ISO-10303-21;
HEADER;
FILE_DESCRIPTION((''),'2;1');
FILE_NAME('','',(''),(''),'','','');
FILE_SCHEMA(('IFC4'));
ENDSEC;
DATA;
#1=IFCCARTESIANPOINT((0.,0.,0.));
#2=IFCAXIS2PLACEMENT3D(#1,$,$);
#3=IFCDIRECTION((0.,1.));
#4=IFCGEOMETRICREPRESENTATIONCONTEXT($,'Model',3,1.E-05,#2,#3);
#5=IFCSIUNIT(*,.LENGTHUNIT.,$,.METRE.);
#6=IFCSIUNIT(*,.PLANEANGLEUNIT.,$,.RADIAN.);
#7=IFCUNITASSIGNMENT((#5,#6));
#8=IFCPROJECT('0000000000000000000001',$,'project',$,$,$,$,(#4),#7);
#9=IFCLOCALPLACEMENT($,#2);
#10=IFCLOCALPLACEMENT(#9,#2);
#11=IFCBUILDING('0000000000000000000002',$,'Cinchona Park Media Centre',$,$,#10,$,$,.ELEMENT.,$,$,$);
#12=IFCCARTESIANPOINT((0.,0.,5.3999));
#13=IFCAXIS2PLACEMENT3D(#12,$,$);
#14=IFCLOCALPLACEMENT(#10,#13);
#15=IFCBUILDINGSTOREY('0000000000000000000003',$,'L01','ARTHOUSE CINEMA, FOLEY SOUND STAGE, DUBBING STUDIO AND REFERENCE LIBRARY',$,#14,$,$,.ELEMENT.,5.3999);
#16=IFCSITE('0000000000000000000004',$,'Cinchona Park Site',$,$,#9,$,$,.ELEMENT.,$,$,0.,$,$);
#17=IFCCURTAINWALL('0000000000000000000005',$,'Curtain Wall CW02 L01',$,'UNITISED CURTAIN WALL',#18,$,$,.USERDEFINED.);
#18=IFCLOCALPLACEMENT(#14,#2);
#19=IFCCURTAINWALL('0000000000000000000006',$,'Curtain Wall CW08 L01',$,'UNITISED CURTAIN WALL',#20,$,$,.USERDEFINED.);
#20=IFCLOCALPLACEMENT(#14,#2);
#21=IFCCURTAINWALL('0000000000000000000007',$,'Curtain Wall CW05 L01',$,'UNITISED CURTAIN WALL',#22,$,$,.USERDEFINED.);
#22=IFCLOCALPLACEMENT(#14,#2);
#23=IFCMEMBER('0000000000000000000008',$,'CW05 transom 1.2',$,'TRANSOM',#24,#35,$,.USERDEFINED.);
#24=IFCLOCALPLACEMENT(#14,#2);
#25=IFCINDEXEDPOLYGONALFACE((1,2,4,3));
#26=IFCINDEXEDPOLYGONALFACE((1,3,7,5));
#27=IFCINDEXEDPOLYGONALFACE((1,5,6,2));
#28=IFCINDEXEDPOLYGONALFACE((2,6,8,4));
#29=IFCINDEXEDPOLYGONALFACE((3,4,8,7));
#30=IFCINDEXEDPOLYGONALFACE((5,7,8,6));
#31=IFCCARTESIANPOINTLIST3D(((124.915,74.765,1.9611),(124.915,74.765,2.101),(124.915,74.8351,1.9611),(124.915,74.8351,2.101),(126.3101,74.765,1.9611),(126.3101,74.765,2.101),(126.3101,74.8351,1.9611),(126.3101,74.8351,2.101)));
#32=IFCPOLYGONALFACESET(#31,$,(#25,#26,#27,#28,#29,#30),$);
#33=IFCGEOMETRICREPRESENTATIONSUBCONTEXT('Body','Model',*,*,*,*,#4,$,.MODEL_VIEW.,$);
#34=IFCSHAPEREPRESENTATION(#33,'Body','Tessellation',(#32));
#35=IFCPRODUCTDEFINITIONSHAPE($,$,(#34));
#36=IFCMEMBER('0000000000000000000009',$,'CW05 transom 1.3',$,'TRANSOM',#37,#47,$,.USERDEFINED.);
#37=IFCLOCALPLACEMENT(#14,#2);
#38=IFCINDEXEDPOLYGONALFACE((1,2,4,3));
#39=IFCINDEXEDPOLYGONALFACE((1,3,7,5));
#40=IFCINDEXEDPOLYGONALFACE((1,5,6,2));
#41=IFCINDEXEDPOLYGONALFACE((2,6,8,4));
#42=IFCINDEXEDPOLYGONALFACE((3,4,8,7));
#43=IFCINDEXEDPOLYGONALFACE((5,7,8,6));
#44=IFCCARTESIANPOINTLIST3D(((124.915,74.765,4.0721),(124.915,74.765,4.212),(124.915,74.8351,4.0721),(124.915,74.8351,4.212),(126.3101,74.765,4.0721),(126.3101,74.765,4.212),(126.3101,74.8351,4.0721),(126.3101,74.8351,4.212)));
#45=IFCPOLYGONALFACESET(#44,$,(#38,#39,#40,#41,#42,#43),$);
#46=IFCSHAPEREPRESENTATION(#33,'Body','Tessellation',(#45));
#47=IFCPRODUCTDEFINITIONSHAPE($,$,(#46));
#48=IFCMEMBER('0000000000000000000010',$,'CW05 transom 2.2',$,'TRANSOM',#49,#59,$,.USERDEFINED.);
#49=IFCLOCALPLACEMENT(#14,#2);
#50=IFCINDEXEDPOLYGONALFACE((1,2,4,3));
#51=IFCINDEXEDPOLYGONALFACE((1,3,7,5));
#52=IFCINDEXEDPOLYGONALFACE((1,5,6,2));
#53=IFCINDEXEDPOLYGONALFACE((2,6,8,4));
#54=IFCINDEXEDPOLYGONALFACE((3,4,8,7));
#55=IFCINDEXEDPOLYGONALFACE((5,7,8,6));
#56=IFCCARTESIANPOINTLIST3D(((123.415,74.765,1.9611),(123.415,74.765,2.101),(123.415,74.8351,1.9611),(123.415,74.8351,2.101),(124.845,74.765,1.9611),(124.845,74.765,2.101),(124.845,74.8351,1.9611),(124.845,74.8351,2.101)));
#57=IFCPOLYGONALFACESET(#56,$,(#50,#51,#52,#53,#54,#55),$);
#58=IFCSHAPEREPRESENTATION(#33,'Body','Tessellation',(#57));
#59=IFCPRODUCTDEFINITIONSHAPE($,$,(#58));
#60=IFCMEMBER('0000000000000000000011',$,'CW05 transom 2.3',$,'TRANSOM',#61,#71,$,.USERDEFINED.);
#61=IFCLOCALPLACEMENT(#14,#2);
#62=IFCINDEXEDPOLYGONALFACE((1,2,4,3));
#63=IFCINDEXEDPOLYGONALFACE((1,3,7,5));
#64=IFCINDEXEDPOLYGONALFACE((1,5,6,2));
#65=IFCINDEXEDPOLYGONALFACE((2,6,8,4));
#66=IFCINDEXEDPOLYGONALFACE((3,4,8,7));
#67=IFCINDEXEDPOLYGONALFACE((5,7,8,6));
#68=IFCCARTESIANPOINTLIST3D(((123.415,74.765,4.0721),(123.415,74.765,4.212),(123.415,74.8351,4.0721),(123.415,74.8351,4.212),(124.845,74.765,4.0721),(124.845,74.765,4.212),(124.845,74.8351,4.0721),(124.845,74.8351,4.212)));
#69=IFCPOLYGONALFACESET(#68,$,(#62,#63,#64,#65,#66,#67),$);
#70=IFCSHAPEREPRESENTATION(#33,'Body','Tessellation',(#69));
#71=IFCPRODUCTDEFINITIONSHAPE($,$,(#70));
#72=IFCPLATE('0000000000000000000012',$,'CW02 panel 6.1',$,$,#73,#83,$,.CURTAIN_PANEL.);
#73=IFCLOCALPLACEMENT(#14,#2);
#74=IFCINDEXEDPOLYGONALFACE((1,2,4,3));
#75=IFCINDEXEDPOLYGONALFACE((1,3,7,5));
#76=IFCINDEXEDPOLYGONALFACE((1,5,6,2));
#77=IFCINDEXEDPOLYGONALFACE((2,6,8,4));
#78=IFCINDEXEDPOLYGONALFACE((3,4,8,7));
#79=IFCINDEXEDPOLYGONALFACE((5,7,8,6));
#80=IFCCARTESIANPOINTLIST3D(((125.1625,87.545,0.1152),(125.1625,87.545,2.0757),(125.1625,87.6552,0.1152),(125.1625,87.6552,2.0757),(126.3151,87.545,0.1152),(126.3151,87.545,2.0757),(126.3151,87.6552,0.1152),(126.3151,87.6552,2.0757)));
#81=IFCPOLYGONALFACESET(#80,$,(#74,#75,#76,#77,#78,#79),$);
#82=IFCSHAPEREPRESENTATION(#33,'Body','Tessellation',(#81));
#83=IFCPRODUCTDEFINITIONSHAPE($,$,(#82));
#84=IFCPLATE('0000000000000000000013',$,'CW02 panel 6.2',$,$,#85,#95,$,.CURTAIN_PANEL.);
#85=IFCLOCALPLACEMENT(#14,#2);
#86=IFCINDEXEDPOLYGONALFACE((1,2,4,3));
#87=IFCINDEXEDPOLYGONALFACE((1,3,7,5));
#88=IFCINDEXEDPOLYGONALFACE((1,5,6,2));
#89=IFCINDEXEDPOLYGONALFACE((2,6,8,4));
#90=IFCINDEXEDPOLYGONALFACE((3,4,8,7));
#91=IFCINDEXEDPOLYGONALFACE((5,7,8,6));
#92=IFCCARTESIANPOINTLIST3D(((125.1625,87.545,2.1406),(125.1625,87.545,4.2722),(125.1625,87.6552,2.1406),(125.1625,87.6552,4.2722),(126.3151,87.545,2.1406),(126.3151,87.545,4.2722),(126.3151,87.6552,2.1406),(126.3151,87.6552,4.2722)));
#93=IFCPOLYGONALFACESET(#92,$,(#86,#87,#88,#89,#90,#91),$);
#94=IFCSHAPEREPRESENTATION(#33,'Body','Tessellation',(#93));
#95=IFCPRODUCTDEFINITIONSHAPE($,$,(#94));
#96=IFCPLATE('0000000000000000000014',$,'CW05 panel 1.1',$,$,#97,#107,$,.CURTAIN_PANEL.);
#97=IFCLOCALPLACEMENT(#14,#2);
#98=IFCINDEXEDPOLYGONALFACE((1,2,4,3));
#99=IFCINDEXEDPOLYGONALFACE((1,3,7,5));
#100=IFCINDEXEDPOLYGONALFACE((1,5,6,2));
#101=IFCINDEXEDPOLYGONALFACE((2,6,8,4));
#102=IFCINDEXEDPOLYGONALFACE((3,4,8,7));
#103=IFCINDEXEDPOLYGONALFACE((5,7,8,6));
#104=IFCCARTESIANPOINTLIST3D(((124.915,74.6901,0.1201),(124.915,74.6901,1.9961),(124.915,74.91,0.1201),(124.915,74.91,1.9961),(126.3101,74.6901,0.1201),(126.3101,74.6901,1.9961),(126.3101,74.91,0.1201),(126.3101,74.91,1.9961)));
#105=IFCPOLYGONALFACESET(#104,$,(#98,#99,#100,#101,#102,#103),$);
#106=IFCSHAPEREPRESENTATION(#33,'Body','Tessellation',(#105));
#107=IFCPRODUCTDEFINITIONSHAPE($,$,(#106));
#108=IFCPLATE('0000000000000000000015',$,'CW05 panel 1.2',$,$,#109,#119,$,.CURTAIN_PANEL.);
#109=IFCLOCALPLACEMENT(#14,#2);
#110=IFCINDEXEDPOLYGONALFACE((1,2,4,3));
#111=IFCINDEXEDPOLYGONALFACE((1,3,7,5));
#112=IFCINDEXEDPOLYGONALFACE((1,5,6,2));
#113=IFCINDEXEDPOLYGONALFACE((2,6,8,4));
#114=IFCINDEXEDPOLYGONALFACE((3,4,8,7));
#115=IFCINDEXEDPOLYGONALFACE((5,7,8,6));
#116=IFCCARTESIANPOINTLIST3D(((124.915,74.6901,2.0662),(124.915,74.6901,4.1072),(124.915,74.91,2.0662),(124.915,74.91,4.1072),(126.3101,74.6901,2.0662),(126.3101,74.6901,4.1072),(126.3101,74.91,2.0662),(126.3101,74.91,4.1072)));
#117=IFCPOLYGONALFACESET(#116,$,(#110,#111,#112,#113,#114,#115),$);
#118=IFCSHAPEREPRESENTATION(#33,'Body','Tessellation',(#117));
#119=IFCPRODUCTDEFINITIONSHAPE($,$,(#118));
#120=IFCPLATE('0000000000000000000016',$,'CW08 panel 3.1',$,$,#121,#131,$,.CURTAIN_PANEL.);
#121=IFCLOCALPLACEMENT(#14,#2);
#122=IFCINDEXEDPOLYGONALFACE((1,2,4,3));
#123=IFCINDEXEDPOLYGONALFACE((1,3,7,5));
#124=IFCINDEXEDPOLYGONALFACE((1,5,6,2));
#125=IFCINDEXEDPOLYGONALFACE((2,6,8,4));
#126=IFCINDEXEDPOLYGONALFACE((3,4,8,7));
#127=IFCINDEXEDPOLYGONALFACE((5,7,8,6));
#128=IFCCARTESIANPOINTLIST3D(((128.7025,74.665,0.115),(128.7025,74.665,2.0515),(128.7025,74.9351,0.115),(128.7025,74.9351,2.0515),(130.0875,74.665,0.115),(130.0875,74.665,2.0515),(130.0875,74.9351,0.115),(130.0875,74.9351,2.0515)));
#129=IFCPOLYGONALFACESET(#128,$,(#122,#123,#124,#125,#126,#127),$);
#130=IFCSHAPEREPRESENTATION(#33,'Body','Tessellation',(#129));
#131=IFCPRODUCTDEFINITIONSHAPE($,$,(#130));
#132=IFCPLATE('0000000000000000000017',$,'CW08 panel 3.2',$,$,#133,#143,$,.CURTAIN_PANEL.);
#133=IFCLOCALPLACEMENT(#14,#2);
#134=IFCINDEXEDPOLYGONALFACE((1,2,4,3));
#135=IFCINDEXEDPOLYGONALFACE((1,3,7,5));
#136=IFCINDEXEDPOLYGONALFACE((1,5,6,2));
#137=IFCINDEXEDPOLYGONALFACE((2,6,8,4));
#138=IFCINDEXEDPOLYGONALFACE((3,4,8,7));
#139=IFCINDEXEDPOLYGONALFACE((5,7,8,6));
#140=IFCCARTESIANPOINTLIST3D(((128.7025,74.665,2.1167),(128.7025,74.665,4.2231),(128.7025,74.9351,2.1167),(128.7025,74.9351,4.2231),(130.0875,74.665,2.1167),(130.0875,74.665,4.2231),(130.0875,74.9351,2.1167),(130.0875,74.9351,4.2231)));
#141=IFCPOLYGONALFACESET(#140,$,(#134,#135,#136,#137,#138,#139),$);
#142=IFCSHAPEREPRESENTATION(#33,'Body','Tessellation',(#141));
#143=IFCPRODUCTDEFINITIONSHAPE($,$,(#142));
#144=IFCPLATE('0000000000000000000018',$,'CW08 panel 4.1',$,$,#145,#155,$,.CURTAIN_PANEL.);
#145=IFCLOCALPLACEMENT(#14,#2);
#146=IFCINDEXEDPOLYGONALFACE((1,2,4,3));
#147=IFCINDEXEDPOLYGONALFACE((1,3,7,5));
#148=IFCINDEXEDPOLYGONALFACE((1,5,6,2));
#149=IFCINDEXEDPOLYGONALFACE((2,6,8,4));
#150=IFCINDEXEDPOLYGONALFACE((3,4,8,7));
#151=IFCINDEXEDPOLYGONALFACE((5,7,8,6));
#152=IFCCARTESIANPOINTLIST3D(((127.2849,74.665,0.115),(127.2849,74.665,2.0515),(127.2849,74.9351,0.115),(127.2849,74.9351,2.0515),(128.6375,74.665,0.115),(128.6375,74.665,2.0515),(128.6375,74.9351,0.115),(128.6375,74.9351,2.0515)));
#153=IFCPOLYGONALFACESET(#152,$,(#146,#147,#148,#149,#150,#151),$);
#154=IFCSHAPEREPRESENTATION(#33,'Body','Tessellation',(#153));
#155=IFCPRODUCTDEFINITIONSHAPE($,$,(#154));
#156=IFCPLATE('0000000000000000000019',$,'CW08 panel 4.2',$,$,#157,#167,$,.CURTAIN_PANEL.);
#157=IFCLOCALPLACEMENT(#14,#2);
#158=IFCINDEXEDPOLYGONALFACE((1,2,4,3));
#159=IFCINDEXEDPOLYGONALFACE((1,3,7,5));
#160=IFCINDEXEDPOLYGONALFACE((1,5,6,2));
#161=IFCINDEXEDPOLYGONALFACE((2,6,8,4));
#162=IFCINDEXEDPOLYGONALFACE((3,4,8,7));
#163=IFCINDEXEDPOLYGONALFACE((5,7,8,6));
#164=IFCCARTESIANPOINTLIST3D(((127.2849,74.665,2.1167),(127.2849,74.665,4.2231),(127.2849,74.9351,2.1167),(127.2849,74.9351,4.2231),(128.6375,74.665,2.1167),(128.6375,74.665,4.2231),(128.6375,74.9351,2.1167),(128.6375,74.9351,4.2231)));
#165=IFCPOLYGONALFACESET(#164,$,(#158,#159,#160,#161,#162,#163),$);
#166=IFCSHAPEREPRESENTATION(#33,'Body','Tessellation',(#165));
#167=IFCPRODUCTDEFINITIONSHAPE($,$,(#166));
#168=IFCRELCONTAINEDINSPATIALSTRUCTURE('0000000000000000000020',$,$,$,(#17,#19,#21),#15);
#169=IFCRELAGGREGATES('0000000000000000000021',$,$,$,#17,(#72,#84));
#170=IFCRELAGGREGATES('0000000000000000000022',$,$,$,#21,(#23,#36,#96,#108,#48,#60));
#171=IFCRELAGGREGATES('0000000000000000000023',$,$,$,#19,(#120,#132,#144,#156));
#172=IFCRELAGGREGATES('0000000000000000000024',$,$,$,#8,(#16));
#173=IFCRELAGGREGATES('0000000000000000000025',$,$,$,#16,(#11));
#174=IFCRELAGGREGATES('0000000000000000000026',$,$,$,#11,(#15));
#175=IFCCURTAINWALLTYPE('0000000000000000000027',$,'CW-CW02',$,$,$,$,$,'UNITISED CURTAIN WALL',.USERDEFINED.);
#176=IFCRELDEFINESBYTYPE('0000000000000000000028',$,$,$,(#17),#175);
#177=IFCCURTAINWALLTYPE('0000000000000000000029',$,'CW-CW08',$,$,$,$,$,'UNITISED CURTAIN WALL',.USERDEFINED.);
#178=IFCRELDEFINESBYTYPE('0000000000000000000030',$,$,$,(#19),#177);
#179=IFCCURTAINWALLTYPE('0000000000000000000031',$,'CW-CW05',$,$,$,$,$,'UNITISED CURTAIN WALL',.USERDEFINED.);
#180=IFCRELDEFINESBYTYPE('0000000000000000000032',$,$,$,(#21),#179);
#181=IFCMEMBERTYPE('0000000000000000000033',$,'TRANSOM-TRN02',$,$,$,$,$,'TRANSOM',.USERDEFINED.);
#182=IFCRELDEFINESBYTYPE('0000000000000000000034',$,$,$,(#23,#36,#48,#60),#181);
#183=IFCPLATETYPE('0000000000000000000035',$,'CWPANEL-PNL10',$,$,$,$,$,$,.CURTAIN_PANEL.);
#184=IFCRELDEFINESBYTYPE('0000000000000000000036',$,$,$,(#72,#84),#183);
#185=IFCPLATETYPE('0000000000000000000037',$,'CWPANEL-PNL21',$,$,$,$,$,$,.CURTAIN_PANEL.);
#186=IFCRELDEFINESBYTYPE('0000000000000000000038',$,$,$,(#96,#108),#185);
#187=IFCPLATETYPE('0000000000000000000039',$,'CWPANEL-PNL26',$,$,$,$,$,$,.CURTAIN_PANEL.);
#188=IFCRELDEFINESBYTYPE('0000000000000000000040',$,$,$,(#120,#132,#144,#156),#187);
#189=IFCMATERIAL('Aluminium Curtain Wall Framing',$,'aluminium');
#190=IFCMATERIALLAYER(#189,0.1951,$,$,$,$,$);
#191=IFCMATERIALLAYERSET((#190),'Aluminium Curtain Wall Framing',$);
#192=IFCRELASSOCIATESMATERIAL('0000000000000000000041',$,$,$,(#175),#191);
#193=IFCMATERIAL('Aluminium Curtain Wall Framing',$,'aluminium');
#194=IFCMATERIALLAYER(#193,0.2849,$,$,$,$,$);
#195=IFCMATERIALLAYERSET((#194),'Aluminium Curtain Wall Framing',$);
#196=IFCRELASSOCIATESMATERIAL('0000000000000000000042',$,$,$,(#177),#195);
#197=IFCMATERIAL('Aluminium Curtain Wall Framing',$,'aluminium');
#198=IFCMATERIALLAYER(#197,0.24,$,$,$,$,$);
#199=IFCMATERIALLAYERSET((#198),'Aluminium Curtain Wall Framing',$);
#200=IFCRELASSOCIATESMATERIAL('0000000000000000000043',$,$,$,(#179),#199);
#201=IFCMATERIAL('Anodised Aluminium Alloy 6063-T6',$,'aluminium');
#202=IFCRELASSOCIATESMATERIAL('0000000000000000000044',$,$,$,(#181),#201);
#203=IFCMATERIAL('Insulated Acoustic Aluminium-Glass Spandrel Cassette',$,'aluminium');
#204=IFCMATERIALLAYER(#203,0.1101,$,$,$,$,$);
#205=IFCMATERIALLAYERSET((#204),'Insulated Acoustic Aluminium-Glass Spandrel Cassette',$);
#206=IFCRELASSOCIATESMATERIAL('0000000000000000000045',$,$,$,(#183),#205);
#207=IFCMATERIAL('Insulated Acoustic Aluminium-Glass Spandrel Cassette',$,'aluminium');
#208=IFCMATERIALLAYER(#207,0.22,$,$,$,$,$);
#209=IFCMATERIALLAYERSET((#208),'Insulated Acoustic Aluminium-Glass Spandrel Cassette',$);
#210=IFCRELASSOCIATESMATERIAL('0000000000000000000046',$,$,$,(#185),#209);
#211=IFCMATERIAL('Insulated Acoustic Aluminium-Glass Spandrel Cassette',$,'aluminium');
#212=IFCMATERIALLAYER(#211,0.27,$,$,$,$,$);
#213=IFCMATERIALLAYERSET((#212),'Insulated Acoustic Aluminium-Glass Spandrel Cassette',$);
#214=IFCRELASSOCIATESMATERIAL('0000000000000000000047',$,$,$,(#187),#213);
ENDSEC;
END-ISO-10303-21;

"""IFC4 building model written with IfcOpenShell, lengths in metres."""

from ifc_helpers import new_model, si_unit, direction, frame, origin, origin_2d, place, context, subcontext, project, spatial, rectangle, extrude, material, layer, layer_set, material_profile, profile_set, type_object, element, aggregate, save


model = new_model("IFC4")

# Units and contexts
model_context = context("Model", 3, precision=1e-05, world=origin(), true_north=direction((0.0, 1.0)))
body_context = subcontext(model_context, "Body", "Model", "MODEL_VIEW")
ifc_project = project(units=[si_unit("LENGTHUNIT", "METRE"), si_unit("PLANEANGLEUNIT", "RADIAN")], contexts=[model_context])

# Site, building, storey
site_placement = place(None, origin())
site = spatial("IfcSite", under=ifc_project, at=site_placement, Name="Cinchona Park Site", CompositionType="ELEMENT", RefElevation=0.0)
building_placement = place(site_placement, origin())
building = spatial("IfcBuilding", under=site, at=building_placement, Name="Cinchona Park Media Centre", CompositionType="ELEMENT")
storey_placement = place(building_placement, frame((0.0, 0.0, 5.3999)))
storey = spatial("IfcBuildingStorey", under=building, at=storey_placement, Name="L01", Description="ARTHOUSE CINEMA, FOLEY SOUND STAGE, DUBBING STUDIO AND REFERENCE LIBRARY", CompositionType="ELEMENT", Elevation=5.3999)

# Curtain walls
ifc_material_1 = material(Name="Aluminium Curtain Wall Framing", Category="aluminium")
ifc_layer_1 = layer(ifc_material_1, 0.1951)
ifc_layer_set_1 = layer_set([ifc_layer_1], Name="Aluminium Curtain Wall Framing")
curtain_wall_type_1 = type_object("IfcCurtainWallType", Name="CW-CW02", ElementType="UNITISED CURTAIN WALL", PredefinedType="USERDEFINED", material=ifc_layer_set_1)
curtain_wall_1_placement = place(storey_placement, origin())
curtain_wall_1 = element("IfcCurtainWall", 1, at=curtain_wall_1_placement, inside=storey, type_object=curtain_wall_type_1, Name="Curtain Wall CW02 L01", ObjectType="UNITISED CURTAIN WALL", PredefinedType="USERDEFINED")
ifc_material_2 = material(Name="Aluminium Curtain Wall Framing", Category="aluminium")
ifc_layer_2 = layer(ifc_material_2, 0.2849)
ifc_layer_set_2 = layer_set([ifc_layer_2], Name="Aluminium Curtain Wall Framing")
curtain_wall_type_2 = type_object("IfcCurtainWallType", Name="CW-CW08", ElementType="UNITISED CURTAIN WALL", PredefinedType="USERDEFINED", material=ifc_layer_set_2)
curtain_wall_2_placement = place(storey_placement, origin())
curtain_wall_2 = element("IfcCurtainWall", 2, at=curtain_wall_2_placement, inside=storey, type_object=curtain_wall_type_2, Name="Curtain Wall CW08 L01", ObjectType="UNITISED CURTAIN WALL", PredefinedType="USERDEFINED")
ifc_material_3 = material(Name="Aluminium Curtain Wall Framing", Category="aluminium")
ifc_layer_3 = layer(ifc_material_3, 0.24)
ifc_layer_set_3 = layer_set([ifc_layer_3], Name="Aluminium Curtain Wall Framing")
curtain_wall_type_3 = type_object("IfcCurtainWallType", Name="CW-CW05", ElementType="UNITISED CURTAIN WALL", PredefinedType="USERDEFINED", material=ifc_layer_set_3)
curtain_wall_3_placement = place(storey_placement, origin())
curtain_wall_3 = element("IfcCurtainWall", 3, at=curtain_wall_3_placement, inside=storey, type_object=curtain_wall_type_3, Name="Curtain Wall CW05 L01", ObjectType="UNITISED CURTAIN WALL", PredefinedType="USERDEFINED")

# Members
ifc_material_4 = material(Name="Anodised Aluminium Alloy 6063-T6", Category="aluminium")
ifc_material_profile_1 = material_profile(ifc_material_4, rectangle(XDim=0.0701, YDim=0.1399, at=origin_2d()), Name="TRN-70X140")
ifc_profile_set_1 = profile_set([ifc_material_profile_1], Name="Anodised Aluminium Alloy 6063-T6")
member_type_1 = type_object("IfcMemberType", Name="TRANSOM-TRN02", ElementType="TRANSOM", PredefinedType="USERDEFINED", material=ifc_profile_set_1)
member_1_placement = place(storey_placement, frame((126.3101, 74.8, 2.031), z_axis=(-1.0, 0.0, 0.0), x_axis=(0.0, -1.0, 0.0)))
member_1 = element("IfcMember", 4, at=member_1_placement, type_object=member_type_1, Name="CW05 transom 1.2", ObjectType="TRANSOM", PredefinedType="USERDEFINED", context=body_context, shape_type="SweptSolid", body=[
    extrude(rectangle(XDim=0.0701, YDim=0.1399, at=origin_2d()), origin(), (0.0, 0.0, 1.0), 1.395),
])
member_2_placement = place(storey_placement, frame((126.3101, 74.8, 4.1421), z_axis=(-1.0, 0.0, 0.0), x_axis=(0.0, -1.0, 0.0)))
member_2 = element("IfcMember", 5, at=member_2_placement, type_object=member_type_1, Name="CW05 transom 1.3", ObjectType="TRANSOM", PredefinedType="USERDEFINED", context=body_context, shape_type="SweptSolid", body=[
    extrude(rectangle(XDim=0.0701, YDim=0.1399, at=origin_2d()), origin(), (0.0, 0.0, 1.0), 1.395),
])
member_3_placement = place(storey_placement, frame((124.845, 74.8, 2.031), z_axis=(-1.0, 0.0, 0.0), x_axis=(0.0, -1.0, 0.0)))
member_3 = element("IfcMember", 6, at=member_3_placement, type_object=member_type_1, Name="CW05 transom 2.2", ObjectType="TRANSOM", PredefinedType="USERDEFINED", context=body_context, shape_type="SweptSolid", body=[
    extrude(rectangle(XDim=0.0701, YDim=0.1399, at=origin_2d()), origin(), (0.0, 0.0, 1.0), 1.4299),
])
member_4_placement = place(storey_placement, frame((124.845, 74.8, 4.1421), z_axis=(-1.0, 0.0, 0.0), x_axis=(0.0, -1.0, 0.0)))
member_4 = element("IfcMember", 7, at=member_4_placement, type_object=member_type_1, Name="CW05 transom 2.3", ObjectType="TRANSOM", PredefinedType="USERDEFINED", context=body_context, shape_type="SweptSolid", body=[
    extrude(rectangle(XDim=0.0701, YDim=0.1399, at=origin_2d()), origin(), (0.0, 0.0, 1.0), 1.4299),
])

# Plates
ifc_material_5 = material(Name="Insulated Acoustic Aluminium-Glass Spandrel Cassette", Category="aluminium")
ifc_layer_4 = layer(ifc_material_5, 0.1101)
ifc_layer_set_4 = layer_set([ifc_layer_4], Name="Insulated Acoustic Aluminium-Glass Spandrel Cassette")
plate_type_1 = type_object("IfcPlateType", Name="CWPANEL-PNL10", PredefinedType="CURTAIN_PANEL", material=ifc_layer_set_4)
plate_1_placement = place(storey_placement, frame((125.7388, 87.6001, 0.1152), z_axis=(0.0, 0.0, 1.0), x_axis=(1.0, 0.0, 0.0)))
plate_1 = element("IfcPlate", 8, at=plate_1_placement, type_object=plate_type_1, Name="CW02 panel 6.1", PredefinedType="CURTAIN_PANEL", context=body_context, shape_type="SweptSolid", body=[
    extrude(rectangle(XDim=1.1526, YDim=0.1101, at=origin_2d()), origin(), (0.0, 0.0, 1.0), 1.9604),
])
plate_2_placement = place(storey_placement, frame((125.7388, 87.6001, 2.1406), z_axis=(0.0, 0.0, 1.0), x_axis=(1.0, 0.0, 0.0)))
plate_2 = element("IfcPlate", 9, at=plate_2_placement, type_object=plate_type_1, Name="CW02 panel 6.2", PredefinedType="CURTAIN_PANEL", context=body_context, shape_type="SweptSolid", body=[
    extrude(rectangle(XDim=1.1526, YDim=0.1101, at=origin_2d()), origin(), (0.0, 0.0, 1.0), 2.1316),
])
aggregate(curtain_wall_1, [plate_1, plate_2])
ifc_material_6 = material(Name="Insulated Acoustic Aluminium-Glass Spandrel Cassette", Category="aluminium")
ifc_layer_5 = layer(ifc_material_6, 0.22)
ifc_layer_set_5 = layer_set([ifc_layer_5], Name="Insulated Acoustic Aluminium-Glass Spandrel Cassette")
plate_type_2 = type_object("IfcPlateType", Name="CWPANEL-PNL21", PredefinedType="CURTAIN_PANEL", material=ifc_layer_set_5)
plate_3_placement = place(storey_placement, frame((125.6125, 74.8, 0.1201), z_axis=(0.0, 0.0, 1.0), x_axis=(-1.0, 0.0, 0.0)))
plate_3 = element("IfcPlate", 10, at=plate_3_placement, type_object=plate_type_2, Name="CW05 panel 1.1", PredefinedType="CURTAIN_PANEL", context=body_context, shape_type="SweptSolid", body=[
    extrude(rectangle(XDim=1.395, YDim=0.22, at=origin_2d()), origin(), (0.0, 0.0, 1.0), 1.876),
])
plate_4_placement = place(storey_placement, frame((125.6125, 74.8, 2.0662), z_axis=(0.0, 0.0, 1.0), x_axis=(-1.0, 0.0, 0.0)))
plate_4 = element("IfcPlate", 11, at=plate_4_placement, type_object=plate_type_2, Name="CW05 panel 1.2", PredefinedType="CURTAIN_PANEL", context=body_context, shape_type="SweptSolid", body=[
    extrude(rectangle(XDim=1.395, YDim=0.22, at=origin_2d()), origin(), (0.0, 0.0, 1.0), 2.041),
])
aggregate(curtain_wall_3, [member_1, member_2, plate_3, plate_4, member_3, member_4])
ifc_material_7 = material(Name="Insulated Acoustic Aluminium-Glass Spandrel Cassette", Category="aluminium")
ifc_layer_6 = layer(ifc_material_7, 0.27)
ifc_layer_set_6 = layer_set([ifc_layer_6], Name="Insulated Acoustic Aluminium-Glass Spandrel Cassette")
plate_type_3 = type_object("IfcPlateType", Name="CWPANEL-PNL26", PredefinedType="CURTAIN_PANEL", material=ifc_layer_set_6)
plate_5_placement = place(storey_placement, frame((129.395, 74.8, 0.115), z_axis=(0.0, 0.0, 1.0), x_axis=(-1.0, 0.0, 0.0)))
plate_5 = element("IfcPlate", 12, at=plate_5_placement, type_object=plate_type_3, Name="CW08 panel 3.1", PredefinedType="CURTAIN_PANEL", context=body_context, shape_type="SweptSolid", body=[
    extrude(rectangle(XDim=1.385, YDim=0.27, at=origin_2d()), origin(), (0.0, 0.0, 1.0), 1.9365),
])
plate_6_placement = place(storey_placement, frame((129.395, 74.8, 2.1167), z_axis=(0.0, 0.0, 1.0), x_axis=(-1.0, 0.0, 0.0)))
plate_6 = element("IfcPlate", 13, at=plate_6_placement, type_object=plate_type_3, Name="CW08 panel 3.2", PredefinedType="CURTAIN_PANEL", context=body_context, shape_type="SweptSolid", body=[
    extrude(rectangle(XDim=1.385, YDim=0.27, at=origin_2d()), origin(), (0.0, 0.0, 1.0), 2.1064),
])
plate_7_placement = place(storey_placement, frame((127.9612, 74.8, 0.115), z_axis=(0.0, 0.0, 1.0), x_axis=(-1.0, 0.0, 0.0)))
plate_7 = element("IfcPlate", 14, at=plate_7_placement, type_object=plate_type_3, Name="CW08 panel 4.1", PredefinedType="CURTAIN_PANEL", context=body_context, shape_type="SweptSolid", body=[
    extrude(rectangle(XDim=1.3525, YDim=0.27, at=origin_2d()), origin(), (0.0, 0.0, 1.0), 1.9365),
])
plate_8_placement = place(storey_placement, frame((127.9612, 74.8, 2.1167), z_axis=(0.0, 0.0, 1.0), x_axis=(-1.0, 0.0, 0.0)))
plate_8 = element("IfcPlate", 15, at=plate_8_placement, type_object=plate_type_3, Name="CW08 panel 4.2", PredefinedType="CURTAIN_PANEL", context=body_context, shape_type="SweptSolid", body=[
    extrude(rectangle(XDim=1.3525, YDim=0.27, at=origin_2d()), origin(), (0.0, 0.0, 1.0), 2.1064),
])
aggregate(curtain_wall_2, [plate_5, plate_6, plate_7, plate_8])

save(model, "model.ifc")
